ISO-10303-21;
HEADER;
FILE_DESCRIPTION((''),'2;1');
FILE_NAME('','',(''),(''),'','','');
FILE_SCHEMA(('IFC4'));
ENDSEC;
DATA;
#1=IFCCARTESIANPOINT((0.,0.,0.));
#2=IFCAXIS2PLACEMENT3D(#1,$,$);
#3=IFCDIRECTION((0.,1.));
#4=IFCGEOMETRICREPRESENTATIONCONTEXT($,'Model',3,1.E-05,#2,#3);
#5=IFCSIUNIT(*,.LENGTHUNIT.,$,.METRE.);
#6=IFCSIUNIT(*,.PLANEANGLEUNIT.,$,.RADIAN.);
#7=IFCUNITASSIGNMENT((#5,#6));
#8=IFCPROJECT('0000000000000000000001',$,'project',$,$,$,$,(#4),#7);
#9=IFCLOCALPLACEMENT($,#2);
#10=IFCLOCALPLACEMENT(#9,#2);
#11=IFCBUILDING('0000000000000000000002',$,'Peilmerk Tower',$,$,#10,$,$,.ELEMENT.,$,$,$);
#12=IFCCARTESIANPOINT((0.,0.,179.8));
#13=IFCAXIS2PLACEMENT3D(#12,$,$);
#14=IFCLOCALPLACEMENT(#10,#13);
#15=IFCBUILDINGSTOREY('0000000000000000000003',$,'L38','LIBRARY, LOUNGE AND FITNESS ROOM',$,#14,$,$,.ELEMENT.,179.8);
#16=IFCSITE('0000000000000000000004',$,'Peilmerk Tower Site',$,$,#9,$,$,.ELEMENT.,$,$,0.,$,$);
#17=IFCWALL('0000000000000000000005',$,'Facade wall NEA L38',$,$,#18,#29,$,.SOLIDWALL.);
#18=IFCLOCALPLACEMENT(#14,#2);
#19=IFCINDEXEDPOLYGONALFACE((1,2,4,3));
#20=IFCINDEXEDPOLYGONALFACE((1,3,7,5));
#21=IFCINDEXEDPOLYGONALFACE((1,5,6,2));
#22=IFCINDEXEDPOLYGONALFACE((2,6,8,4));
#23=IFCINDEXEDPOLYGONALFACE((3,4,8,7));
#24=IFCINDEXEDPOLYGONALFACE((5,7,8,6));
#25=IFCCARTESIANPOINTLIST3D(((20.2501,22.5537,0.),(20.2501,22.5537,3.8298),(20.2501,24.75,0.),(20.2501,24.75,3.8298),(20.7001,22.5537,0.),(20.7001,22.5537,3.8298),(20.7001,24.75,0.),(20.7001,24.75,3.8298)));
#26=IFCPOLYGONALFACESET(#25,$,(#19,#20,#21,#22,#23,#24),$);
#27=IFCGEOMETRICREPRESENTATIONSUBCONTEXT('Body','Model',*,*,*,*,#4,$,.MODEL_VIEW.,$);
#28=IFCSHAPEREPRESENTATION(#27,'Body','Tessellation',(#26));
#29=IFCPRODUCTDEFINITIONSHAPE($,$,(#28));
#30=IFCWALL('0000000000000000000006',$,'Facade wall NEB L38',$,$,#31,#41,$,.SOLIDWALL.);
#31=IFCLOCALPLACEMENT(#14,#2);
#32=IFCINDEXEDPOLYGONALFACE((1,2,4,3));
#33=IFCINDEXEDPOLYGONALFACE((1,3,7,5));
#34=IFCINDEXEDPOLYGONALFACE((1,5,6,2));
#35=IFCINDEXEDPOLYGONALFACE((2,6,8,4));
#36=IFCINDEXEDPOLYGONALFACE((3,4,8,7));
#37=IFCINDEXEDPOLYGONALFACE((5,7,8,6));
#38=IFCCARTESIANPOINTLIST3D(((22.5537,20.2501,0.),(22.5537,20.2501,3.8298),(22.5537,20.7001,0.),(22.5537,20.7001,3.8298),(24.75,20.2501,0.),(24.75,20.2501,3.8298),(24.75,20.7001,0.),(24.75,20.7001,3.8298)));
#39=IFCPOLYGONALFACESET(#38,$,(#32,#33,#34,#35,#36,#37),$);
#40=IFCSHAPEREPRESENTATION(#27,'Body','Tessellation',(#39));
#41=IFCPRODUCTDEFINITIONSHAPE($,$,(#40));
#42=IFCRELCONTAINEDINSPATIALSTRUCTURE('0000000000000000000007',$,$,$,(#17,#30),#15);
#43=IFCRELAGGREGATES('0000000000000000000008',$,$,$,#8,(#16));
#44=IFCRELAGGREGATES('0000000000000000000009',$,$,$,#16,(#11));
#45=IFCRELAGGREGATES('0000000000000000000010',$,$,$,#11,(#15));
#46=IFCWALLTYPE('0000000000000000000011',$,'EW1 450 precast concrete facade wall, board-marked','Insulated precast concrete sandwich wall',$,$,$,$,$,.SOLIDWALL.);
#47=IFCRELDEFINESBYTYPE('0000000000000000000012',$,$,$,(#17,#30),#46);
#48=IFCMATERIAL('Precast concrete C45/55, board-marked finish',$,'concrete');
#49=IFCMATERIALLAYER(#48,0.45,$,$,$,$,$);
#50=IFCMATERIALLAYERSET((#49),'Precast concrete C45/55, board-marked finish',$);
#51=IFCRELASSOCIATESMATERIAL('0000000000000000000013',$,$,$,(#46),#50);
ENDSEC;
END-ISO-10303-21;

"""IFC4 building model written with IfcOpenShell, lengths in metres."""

from ifc_helpers import new_model, si_unit, direction, frame, frame_2d, origin, place, context, subcontext, project, spatial, rectangle, extrude, material, layer, layer_set, type_object, element, save


model = new_model("IFC4")

# Units and contexts
model_context = context("Model", 3, precision=1e-05, world=origin(), true_north=direction((0.0, 1.0)))
body_context = subcontext(model_context, "Body", "Model", "MODEL_VIEW")
ifc_project = project(units=[si_unit("LENGTHUNIT", "METRE"), si_unit("PLANEANGLEUNIT", "RADIAN")], contexts=[model_context])

# Site, building, storey
site_placement = place(None, origin())
site = spatial("IfcSite", under=ifc_project, at=site_placement, Name="Peilmerk Tower Site", CompositionType="ELEMENT", RefElevation=0.0)
building_placement = place(site_placement, origin())
building = spatial("IfcBuilding", under=site, at=building_placement, Name="Peilmerk Tower", CompositionType="ELEMENT")
storey_placement = place(building_placement, frame((0.0, 0.0, 179.8)))
storey = spatial("IfcBuildingStorey", under=building, at=storey_placement, Name="L38", Description="LIBRARY, LOUNGE AND FITNESS ROOM", CompositionType="ELEMENT", Elevation=179.8)

# Shared definitions
ifc_material_1 = material(Name="Precast concrete C45/55, board-marked finish", Category="concrete")
ifc_layer_1 = layer(ifc_material_1, 0.45)
ifc_layer_set_1 = layer_set([ifc_layer_1], Name="Precast concrete C45/55, board-marked finish")
wall_type = type_object("IfcWallType", Name="EW1 450 precast concrete facade wall, board-marked", Description="Insulated precast concrete sandwich wall", PredefinedType="SOLIDWALL", material=ifc_layer_set_1)

# Walls
for number, where, z_axis, x_axis, name in (
    (1, (20.4751, 22.5537, 0.0), (0.0, 0.0, 1.0), (0.0, 1.0, 0.0), "Facade wall NEA L38"),
    (2, (22.5537, 20.4751, 0.0), (0.0, 0.0, 1.0), (1.0, 0.0, 0.0), "Facade wall NEB L38"),
):
    element("IfcWall", number, at=place(storey_placement, frame(where, z_axis=z_axis, x_axis=x_axis)), inside=storey, type_object=wall_type, Name=name, PredefinedType="SOLIDWALL", context=body_context, shape_type="SweptSolid", body=[
        extrude(rectangle(XDim=2.1963, YDim=0.45, at=frame_2d((1.0981, 0.0))), origin(), (0.0, 0.0, 1.0), 3.8298),
    ])

save(model, "model.ifc")
